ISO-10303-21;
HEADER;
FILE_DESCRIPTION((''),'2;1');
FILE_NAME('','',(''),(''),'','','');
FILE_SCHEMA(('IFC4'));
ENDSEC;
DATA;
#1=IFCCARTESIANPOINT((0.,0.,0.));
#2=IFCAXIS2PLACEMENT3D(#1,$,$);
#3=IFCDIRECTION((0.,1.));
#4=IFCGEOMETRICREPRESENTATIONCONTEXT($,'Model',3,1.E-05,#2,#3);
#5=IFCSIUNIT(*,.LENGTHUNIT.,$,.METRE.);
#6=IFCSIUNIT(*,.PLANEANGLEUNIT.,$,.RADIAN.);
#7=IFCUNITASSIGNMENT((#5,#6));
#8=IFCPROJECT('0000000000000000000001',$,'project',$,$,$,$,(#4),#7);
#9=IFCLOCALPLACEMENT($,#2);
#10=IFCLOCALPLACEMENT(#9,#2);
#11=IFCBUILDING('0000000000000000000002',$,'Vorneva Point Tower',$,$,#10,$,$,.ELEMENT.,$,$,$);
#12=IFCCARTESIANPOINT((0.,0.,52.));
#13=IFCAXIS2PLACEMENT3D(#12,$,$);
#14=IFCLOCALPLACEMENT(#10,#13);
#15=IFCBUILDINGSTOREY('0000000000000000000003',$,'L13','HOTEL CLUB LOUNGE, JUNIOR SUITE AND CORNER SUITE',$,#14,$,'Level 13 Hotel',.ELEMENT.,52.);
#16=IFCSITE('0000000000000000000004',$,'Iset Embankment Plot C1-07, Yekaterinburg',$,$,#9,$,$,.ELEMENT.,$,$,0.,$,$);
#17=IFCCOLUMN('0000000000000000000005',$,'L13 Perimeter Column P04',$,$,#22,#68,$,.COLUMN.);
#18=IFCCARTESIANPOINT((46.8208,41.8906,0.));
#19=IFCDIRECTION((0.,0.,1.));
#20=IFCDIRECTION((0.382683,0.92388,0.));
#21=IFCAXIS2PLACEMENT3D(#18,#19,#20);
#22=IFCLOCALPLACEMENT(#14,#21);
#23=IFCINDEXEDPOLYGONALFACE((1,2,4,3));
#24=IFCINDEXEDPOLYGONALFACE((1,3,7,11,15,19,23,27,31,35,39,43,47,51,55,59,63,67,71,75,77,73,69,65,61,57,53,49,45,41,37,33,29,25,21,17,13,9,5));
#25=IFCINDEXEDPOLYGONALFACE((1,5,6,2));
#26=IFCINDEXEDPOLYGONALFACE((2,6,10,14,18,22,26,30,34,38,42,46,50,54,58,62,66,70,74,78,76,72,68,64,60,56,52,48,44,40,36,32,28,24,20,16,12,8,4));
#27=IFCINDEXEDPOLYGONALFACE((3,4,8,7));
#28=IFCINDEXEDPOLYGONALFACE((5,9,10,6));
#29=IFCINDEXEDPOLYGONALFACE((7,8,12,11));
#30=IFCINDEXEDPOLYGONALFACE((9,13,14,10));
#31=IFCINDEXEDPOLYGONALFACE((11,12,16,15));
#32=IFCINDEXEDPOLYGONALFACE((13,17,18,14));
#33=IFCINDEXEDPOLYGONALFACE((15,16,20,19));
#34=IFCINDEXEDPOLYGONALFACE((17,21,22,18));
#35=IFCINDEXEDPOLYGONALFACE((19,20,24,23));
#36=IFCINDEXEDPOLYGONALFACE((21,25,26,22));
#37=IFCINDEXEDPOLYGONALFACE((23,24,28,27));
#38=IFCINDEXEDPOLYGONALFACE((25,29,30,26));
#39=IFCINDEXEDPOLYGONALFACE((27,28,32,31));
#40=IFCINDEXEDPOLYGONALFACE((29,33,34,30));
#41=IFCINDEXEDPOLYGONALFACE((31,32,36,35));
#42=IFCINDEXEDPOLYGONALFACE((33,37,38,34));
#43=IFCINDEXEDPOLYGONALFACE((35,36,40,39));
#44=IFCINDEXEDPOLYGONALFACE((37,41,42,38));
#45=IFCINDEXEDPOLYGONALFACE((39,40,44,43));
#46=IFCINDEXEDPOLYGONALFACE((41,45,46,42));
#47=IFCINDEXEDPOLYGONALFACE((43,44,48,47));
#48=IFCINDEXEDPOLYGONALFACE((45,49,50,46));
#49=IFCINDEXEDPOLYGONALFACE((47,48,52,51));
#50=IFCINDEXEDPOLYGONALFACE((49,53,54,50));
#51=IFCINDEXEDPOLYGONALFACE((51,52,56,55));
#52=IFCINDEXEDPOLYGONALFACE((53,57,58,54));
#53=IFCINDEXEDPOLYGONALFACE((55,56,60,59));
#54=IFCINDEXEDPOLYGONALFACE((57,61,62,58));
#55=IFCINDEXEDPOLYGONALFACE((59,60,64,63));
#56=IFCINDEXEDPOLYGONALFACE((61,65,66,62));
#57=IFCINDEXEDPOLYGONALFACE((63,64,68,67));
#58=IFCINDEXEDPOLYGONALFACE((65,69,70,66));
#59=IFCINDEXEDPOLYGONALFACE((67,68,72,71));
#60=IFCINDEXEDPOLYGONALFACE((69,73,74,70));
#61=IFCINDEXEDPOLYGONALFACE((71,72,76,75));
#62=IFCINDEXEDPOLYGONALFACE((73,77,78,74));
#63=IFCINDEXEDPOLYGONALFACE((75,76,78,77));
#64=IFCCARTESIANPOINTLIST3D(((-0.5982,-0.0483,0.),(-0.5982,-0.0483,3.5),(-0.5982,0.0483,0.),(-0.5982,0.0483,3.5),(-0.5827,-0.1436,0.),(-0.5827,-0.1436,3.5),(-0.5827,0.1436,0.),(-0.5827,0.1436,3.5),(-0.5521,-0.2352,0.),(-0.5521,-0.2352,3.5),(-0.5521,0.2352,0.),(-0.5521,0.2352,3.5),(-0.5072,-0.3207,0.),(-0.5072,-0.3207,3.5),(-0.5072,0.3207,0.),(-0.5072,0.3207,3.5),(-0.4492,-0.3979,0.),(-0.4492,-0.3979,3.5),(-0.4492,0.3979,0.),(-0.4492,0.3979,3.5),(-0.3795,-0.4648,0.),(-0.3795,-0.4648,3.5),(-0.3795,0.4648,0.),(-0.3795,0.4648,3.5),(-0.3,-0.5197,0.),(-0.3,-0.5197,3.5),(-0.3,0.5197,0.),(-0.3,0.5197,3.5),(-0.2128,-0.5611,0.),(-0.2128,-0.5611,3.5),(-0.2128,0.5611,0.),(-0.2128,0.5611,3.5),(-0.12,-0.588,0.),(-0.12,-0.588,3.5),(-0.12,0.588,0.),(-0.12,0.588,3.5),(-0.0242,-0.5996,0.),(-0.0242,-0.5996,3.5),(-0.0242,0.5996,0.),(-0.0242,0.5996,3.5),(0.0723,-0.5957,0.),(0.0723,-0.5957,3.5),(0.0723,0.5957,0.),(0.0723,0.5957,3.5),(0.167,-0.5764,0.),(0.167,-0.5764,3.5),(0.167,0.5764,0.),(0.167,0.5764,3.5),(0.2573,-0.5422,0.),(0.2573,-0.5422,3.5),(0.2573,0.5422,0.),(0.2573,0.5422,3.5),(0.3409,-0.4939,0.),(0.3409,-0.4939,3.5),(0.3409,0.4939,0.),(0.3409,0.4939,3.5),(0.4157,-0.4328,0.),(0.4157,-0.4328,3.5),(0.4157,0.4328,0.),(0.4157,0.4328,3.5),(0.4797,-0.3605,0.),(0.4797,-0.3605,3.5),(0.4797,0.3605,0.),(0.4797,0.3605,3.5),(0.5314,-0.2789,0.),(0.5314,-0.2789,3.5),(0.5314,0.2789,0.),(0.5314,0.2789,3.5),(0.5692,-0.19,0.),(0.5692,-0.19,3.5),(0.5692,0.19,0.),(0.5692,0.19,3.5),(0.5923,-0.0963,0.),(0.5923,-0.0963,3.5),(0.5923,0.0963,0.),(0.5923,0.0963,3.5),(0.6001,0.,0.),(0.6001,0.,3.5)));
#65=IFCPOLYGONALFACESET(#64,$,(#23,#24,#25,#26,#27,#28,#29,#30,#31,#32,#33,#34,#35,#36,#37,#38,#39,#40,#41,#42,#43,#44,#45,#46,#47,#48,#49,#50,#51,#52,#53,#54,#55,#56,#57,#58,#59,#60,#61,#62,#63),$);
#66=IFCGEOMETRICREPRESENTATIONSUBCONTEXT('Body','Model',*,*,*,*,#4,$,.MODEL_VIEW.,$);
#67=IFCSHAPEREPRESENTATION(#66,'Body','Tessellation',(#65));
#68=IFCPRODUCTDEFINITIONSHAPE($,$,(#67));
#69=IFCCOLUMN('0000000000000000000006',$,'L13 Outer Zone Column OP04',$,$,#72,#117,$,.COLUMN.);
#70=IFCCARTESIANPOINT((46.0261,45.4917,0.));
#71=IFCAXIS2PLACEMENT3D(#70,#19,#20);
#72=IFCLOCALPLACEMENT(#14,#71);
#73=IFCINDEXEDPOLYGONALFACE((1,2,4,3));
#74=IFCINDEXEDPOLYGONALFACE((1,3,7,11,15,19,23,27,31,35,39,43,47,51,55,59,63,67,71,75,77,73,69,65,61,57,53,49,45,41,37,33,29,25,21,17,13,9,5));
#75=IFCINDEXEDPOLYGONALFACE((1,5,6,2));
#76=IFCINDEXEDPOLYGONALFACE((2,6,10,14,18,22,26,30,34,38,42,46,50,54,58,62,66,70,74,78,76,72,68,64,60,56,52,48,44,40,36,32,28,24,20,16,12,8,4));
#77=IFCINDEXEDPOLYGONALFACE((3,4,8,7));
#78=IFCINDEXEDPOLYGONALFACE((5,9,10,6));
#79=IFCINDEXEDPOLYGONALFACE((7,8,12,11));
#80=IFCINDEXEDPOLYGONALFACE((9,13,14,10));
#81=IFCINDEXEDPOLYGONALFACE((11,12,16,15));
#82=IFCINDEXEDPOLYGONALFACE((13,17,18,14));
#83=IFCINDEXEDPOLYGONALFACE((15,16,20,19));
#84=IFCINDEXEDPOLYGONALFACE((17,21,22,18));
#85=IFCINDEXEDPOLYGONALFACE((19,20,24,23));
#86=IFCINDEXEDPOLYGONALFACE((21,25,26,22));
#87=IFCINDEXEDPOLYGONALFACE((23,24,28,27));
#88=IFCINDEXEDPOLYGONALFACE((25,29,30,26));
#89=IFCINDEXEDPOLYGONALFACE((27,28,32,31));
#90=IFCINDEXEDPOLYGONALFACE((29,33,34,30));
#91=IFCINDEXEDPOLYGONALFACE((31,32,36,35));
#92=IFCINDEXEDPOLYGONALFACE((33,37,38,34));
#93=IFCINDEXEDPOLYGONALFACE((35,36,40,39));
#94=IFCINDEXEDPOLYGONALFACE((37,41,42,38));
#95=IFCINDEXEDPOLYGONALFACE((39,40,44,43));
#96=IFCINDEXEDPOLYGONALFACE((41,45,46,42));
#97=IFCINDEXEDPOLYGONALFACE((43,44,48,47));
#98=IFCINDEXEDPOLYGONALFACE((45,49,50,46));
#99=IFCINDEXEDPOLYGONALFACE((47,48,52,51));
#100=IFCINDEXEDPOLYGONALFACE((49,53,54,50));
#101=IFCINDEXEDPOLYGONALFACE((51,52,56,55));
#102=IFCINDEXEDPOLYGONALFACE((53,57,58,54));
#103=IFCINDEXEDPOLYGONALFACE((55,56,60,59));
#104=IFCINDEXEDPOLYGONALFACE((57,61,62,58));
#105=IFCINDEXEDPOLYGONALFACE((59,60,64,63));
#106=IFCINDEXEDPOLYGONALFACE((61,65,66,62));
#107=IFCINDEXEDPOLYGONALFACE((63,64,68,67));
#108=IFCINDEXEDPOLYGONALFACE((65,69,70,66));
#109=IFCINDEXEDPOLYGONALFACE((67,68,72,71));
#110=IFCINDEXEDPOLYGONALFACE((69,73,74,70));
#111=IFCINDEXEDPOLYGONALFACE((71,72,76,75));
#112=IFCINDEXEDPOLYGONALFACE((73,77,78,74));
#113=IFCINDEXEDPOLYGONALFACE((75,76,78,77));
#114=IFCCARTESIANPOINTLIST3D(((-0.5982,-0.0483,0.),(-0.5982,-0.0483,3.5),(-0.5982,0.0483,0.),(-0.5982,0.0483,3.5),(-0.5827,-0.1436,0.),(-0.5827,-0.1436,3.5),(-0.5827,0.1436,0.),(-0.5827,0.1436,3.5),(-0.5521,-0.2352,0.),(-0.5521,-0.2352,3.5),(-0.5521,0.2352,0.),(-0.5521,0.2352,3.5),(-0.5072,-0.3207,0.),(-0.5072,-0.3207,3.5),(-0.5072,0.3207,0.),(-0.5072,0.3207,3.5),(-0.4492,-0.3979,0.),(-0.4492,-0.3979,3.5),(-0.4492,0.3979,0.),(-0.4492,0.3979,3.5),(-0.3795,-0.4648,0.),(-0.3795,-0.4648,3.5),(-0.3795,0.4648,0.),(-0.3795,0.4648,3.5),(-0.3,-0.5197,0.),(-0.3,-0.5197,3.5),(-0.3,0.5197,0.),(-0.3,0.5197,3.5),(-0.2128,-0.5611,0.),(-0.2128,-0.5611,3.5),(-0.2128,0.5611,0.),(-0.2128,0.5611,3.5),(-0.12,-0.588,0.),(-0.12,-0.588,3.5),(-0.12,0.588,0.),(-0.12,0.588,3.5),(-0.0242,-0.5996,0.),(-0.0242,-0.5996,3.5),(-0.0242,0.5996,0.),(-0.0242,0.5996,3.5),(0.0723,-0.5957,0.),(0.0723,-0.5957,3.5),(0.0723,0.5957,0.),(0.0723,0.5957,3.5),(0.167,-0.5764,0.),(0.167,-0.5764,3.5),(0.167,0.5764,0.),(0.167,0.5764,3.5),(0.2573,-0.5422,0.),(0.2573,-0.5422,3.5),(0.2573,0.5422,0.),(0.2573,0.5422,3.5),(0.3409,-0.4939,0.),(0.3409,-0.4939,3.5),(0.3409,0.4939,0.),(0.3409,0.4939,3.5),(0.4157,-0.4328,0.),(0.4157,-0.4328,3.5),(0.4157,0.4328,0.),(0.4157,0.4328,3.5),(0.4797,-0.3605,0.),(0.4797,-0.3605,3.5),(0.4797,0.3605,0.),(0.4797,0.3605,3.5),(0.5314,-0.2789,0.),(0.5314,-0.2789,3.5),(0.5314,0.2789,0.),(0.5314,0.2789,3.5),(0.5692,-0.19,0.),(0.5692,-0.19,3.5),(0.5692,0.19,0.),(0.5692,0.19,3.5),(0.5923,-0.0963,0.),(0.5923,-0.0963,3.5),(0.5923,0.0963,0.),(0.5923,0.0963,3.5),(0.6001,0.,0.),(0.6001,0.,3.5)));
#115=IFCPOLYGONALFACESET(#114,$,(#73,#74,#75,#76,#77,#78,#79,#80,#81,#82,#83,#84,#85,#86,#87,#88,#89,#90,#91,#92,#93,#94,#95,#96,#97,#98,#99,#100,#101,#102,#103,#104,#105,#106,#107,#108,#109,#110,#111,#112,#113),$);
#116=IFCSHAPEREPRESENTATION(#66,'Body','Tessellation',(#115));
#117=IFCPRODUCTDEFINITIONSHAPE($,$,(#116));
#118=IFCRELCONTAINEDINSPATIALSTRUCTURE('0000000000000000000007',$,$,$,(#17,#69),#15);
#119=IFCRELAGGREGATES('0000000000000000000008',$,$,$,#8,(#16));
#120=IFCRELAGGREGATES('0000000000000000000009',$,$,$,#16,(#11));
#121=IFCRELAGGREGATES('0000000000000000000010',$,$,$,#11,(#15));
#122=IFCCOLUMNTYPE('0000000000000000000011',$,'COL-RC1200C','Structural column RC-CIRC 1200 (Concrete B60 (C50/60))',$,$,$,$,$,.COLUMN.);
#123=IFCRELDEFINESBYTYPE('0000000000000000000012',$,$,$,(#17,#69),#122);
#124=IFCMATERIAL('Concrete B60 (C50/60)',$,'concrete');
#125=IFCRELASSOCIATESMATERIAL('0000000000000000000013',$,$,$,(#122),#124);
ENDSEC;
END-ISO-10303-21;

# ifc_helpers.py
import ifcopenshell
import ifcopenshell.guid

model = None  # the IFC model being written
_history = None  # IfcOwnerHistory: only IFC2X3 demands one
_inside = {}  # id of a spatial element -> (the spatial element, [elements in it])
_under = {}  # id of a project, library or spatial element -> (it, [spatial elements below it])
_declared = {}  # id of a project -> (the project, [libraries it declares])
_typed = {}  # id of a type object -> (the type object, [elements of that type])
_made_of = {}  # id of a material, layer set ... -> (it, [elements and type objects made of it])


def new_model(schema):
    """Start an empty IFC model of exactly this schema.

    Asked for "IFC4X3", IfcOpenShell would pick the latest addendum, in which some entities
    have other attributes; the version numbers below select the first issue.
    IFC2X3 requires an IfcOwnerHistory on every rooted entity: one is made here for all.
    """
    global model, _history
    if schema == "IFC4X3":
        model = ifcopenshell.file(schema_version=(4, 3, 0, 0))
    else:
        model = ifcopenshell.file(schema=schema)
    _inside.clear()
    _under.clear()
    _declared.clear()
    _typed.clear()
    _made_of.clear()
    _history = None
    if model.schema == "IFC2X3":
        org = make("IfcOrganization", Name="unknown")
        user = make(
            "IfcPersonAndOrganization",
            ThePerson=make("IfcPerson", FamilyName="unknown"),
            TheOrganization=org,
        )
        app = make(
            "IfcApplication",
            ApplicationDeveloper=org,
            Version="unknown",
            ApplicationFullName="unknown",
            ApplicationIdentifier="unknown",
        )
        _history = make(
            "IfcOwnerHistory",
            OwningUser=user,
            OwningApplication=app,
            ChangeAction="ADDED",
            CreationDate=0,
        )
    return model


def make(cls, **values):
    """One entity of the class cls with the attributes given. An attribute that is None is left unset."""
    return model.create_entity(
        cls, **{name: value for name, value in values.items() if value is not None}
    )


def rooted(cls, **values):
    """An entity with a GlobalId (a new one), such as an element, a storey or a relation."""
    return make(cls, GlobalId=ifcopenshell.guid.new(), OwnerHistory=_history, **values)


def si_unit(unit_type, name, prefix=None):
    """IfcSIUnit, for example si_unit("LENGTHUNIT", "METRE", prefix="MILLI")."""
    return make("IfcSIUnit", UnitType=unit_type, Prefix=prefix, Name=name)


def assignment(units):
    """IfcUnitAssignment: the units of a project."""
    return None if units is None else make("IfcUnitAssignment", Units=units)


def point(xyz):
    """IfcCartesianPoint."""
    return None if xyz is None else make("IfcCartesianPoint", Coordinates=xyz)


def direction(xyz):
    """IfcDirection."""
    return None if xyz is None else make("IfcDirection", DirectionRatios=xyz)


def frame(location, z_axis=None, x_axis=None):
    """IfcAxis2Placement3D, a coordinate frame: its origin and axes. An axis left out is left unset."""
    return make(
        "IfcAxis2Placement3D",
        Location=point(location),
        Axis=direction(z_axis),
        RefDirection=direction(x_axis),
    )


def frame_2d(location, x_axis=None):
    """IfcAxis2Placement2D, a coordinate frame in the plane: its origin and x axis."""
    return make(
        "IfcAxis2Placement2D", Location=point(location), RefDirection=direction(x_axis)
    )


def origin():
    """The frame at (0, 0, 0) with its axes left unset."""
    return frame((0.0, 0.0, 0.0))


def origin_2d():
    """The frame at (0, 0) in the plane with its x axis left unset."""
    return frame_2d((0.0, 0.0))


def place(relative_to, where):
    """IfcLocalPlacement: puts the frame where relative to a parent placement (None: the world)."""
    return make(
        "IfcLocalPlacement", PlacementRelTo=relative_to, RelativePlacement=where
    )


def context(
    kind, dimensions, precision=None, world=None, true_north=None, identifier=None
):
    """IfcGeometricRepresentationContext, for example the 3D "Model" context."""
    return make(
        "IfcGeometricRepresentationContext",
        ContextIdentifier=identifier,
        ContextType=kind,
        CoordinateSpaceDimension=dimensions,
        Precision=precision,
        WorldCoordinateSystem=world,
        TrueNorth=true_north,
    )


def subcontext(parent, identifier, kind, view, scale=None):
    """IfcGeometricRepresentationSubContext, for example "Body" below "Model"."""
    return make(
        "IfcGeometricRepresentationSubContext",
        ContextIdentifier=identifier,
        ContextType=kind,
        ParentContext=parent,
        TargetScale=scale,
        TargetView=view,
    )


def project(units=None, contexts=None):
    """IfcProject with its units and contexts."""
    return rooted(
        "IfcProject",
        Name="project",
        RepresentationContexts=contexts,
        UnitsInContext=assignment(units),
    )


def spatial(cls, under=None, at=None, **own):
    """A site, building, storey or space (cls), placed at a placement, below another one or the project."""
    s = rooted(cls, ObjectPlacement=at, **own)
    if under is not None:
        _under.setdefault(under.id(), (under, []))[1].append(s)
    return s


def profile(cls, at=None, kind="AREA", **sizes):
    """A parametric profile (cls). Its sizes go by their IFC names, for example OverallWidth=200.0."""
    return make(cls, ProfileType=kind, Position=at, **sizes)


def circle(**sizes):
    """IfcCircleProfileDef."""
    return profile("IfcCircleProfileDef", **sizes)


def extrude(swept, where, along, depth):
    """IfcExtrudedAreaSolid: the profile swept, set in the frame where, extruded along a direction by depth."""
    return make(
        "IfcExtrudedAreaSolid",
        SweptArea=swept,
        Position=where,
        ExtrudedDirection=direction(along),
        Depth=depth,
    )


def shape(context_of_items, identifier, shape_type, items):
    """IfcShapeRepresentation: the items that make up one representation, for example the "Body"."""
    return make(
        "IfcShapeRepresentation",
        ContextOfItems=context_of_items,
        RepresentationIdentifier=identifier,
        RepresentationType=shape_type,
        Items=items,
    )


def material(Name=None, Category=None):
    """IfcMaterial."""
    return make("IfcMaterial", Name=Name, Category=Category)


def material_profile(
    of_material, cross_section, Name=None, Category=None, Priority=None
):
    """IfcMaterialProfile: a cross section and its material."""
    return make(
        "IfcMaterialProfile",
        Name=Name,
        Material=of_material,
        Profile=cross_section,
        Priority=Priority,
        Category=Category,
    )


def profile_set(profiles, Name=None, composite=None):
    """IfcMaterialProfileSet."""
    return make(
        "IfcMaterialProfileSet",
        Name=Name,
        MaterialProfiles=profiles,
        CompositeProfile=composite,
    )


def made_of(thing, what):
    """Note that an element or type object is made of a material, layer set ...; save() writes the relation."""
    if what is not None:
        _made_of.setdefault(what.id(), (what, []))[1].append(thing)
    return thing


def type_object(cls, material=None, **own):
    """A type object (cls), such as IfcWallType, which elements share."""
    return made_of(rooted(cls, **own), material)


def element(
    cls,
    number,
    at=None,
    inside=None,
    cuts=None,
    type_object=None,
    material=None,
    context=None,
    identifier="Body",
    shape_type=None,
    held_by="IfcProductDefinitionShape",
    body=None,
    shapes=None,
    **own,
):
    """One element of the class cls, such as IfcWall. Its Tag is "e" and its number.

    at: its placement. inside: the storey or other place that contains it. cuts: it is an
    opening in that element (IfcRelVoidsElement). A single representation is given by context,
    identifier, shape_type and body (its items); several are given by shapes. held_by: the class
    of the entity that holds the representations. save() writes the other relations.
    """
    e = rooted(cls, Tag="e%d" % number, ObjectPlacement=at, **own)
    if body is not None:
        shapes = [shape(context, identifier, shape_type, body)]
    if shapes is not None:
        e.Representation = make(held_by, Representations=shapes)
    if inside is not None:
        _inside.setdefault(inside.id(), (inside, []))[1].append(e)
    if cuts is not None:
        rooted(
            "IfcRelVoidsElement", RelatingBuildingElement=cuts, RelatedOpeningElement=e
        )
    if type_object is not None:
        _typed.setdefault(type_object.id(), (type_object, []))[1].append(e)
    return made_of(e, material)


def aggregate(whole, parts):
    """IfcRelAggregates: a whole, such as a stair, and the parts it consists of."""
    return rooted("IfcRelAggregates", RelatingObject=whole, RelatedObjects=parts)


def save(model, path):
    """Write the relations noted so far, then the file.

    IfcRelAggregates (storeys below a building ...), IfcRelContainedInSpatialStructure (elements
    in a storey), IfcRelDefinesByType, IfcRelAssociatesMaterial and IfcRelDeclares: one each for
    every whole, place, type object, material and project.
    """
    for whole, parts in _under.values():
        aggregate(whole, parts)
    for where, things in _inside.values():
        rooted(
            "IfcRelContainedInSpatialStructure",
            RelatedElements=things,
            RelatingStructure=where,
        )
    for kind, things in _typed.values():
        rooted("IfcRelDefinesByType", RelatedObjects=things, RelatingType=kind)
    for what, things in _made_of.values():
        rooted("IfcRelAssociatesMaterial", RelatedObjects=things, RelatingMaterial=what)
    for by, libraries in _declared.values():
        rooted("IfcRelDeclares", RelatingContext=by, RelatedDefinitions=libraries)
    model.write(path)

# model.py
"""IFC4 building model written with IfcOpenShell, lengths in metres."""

from ifc_helpers import new_model, si_unit, direction, frame, origin, origin_2d, place, context, subcontext, project, spatial, circle, extrude, material, material_profile, profile_set, type_object, element, save


model = new_model("IFC4")

# Units and contexts
model_context = context("Model", 3, precision=1e-05, world=origin(), true_north=direction((0.0, 1.0)))
body_context = subcontext(model_context, "Body", "Model", "MODEL_VIEW")
ifc_project = project(units=[si_unit("LENGTHUNIT", "METRE"), si_unit("PLANEANGLEUNIT", "RADIAN")], contexts=[model_context])

# Site, building, storey
site_placement = place(None, origin())
site = spatial("IfcSite", under=ifc_project, at=site_placement, Name="Iset Embankment Plot C1-07, Yekaterinburg", CompositionType="ELEMENT", RefElevation=0.0)
building_placement = place(site_placement, origin())
building = spatial("IfcBuilding", under=site, at=building_placement, Name="Vorneva Point Tower", CompositionType="ELEMENT")
storey_placement = place(building_placement, frame((0.0, 0.0, 52.0)))
storey = spatial("IfcBuildingStorey", under=building, at=storey_placement, Name="L13", Description="HOTEL CLUB LOUNGE, JUNIOR SUITE AND CORNER SUITE", LongName="Level 13 Hotel", CompositionType="ELEMENT", Elevation=52.0)

# Columns
ifc_material_1 = material(Name="Concrete B60 (C50/60)", Category="concrete")
ifc_material_profile_1 = material_profile(ifc_material_1, circle(Radius=0.6001, at=origin_2d()), Name="RC-CIRC 1200")
ifc_profile_set_1 = profile_set([ifc_material_profile_1], Name="Concrete B60 (C50/60)")
column_type_1 = type_object("IfcColumnType", Name="COL-RC1200C", Description="Structural column RC-CIRC 1200 (Concrete B60 (C50/60))", PredefinedType="COLUMN", material=ifc_profile_set_1)
for number, where, z_axis, x_axis, name in (
    (1, (46.8208, 41.8906, 0.0), (0.0, 0.0, 1.0), (0.382683, 0.92388, 0.0), "L13 Perimeter Column P04"),
    (2, (46.0261, 45.4917, 0.0), (0.0, 0.0, 1.0), (0.382683, 0.92388, 0.0), "L13 Outer Zone Column OP04"),
):
    element("IfcColumn", number, at=place(storey_placement, frame(where, z_axis=z_axis, x_axis=x_axis)), inside=storey, type_object=column_type_1, Name=name, PredefinedType="COLUMN", context=body_context, shape_type="SweptSolid", body=[
        extrude(circle(Radius=0.6001, at=origin_2d()), origin(), (0.0, 0.0, 1.0), 3.5),
    ])

save(model, "model.ifc")
